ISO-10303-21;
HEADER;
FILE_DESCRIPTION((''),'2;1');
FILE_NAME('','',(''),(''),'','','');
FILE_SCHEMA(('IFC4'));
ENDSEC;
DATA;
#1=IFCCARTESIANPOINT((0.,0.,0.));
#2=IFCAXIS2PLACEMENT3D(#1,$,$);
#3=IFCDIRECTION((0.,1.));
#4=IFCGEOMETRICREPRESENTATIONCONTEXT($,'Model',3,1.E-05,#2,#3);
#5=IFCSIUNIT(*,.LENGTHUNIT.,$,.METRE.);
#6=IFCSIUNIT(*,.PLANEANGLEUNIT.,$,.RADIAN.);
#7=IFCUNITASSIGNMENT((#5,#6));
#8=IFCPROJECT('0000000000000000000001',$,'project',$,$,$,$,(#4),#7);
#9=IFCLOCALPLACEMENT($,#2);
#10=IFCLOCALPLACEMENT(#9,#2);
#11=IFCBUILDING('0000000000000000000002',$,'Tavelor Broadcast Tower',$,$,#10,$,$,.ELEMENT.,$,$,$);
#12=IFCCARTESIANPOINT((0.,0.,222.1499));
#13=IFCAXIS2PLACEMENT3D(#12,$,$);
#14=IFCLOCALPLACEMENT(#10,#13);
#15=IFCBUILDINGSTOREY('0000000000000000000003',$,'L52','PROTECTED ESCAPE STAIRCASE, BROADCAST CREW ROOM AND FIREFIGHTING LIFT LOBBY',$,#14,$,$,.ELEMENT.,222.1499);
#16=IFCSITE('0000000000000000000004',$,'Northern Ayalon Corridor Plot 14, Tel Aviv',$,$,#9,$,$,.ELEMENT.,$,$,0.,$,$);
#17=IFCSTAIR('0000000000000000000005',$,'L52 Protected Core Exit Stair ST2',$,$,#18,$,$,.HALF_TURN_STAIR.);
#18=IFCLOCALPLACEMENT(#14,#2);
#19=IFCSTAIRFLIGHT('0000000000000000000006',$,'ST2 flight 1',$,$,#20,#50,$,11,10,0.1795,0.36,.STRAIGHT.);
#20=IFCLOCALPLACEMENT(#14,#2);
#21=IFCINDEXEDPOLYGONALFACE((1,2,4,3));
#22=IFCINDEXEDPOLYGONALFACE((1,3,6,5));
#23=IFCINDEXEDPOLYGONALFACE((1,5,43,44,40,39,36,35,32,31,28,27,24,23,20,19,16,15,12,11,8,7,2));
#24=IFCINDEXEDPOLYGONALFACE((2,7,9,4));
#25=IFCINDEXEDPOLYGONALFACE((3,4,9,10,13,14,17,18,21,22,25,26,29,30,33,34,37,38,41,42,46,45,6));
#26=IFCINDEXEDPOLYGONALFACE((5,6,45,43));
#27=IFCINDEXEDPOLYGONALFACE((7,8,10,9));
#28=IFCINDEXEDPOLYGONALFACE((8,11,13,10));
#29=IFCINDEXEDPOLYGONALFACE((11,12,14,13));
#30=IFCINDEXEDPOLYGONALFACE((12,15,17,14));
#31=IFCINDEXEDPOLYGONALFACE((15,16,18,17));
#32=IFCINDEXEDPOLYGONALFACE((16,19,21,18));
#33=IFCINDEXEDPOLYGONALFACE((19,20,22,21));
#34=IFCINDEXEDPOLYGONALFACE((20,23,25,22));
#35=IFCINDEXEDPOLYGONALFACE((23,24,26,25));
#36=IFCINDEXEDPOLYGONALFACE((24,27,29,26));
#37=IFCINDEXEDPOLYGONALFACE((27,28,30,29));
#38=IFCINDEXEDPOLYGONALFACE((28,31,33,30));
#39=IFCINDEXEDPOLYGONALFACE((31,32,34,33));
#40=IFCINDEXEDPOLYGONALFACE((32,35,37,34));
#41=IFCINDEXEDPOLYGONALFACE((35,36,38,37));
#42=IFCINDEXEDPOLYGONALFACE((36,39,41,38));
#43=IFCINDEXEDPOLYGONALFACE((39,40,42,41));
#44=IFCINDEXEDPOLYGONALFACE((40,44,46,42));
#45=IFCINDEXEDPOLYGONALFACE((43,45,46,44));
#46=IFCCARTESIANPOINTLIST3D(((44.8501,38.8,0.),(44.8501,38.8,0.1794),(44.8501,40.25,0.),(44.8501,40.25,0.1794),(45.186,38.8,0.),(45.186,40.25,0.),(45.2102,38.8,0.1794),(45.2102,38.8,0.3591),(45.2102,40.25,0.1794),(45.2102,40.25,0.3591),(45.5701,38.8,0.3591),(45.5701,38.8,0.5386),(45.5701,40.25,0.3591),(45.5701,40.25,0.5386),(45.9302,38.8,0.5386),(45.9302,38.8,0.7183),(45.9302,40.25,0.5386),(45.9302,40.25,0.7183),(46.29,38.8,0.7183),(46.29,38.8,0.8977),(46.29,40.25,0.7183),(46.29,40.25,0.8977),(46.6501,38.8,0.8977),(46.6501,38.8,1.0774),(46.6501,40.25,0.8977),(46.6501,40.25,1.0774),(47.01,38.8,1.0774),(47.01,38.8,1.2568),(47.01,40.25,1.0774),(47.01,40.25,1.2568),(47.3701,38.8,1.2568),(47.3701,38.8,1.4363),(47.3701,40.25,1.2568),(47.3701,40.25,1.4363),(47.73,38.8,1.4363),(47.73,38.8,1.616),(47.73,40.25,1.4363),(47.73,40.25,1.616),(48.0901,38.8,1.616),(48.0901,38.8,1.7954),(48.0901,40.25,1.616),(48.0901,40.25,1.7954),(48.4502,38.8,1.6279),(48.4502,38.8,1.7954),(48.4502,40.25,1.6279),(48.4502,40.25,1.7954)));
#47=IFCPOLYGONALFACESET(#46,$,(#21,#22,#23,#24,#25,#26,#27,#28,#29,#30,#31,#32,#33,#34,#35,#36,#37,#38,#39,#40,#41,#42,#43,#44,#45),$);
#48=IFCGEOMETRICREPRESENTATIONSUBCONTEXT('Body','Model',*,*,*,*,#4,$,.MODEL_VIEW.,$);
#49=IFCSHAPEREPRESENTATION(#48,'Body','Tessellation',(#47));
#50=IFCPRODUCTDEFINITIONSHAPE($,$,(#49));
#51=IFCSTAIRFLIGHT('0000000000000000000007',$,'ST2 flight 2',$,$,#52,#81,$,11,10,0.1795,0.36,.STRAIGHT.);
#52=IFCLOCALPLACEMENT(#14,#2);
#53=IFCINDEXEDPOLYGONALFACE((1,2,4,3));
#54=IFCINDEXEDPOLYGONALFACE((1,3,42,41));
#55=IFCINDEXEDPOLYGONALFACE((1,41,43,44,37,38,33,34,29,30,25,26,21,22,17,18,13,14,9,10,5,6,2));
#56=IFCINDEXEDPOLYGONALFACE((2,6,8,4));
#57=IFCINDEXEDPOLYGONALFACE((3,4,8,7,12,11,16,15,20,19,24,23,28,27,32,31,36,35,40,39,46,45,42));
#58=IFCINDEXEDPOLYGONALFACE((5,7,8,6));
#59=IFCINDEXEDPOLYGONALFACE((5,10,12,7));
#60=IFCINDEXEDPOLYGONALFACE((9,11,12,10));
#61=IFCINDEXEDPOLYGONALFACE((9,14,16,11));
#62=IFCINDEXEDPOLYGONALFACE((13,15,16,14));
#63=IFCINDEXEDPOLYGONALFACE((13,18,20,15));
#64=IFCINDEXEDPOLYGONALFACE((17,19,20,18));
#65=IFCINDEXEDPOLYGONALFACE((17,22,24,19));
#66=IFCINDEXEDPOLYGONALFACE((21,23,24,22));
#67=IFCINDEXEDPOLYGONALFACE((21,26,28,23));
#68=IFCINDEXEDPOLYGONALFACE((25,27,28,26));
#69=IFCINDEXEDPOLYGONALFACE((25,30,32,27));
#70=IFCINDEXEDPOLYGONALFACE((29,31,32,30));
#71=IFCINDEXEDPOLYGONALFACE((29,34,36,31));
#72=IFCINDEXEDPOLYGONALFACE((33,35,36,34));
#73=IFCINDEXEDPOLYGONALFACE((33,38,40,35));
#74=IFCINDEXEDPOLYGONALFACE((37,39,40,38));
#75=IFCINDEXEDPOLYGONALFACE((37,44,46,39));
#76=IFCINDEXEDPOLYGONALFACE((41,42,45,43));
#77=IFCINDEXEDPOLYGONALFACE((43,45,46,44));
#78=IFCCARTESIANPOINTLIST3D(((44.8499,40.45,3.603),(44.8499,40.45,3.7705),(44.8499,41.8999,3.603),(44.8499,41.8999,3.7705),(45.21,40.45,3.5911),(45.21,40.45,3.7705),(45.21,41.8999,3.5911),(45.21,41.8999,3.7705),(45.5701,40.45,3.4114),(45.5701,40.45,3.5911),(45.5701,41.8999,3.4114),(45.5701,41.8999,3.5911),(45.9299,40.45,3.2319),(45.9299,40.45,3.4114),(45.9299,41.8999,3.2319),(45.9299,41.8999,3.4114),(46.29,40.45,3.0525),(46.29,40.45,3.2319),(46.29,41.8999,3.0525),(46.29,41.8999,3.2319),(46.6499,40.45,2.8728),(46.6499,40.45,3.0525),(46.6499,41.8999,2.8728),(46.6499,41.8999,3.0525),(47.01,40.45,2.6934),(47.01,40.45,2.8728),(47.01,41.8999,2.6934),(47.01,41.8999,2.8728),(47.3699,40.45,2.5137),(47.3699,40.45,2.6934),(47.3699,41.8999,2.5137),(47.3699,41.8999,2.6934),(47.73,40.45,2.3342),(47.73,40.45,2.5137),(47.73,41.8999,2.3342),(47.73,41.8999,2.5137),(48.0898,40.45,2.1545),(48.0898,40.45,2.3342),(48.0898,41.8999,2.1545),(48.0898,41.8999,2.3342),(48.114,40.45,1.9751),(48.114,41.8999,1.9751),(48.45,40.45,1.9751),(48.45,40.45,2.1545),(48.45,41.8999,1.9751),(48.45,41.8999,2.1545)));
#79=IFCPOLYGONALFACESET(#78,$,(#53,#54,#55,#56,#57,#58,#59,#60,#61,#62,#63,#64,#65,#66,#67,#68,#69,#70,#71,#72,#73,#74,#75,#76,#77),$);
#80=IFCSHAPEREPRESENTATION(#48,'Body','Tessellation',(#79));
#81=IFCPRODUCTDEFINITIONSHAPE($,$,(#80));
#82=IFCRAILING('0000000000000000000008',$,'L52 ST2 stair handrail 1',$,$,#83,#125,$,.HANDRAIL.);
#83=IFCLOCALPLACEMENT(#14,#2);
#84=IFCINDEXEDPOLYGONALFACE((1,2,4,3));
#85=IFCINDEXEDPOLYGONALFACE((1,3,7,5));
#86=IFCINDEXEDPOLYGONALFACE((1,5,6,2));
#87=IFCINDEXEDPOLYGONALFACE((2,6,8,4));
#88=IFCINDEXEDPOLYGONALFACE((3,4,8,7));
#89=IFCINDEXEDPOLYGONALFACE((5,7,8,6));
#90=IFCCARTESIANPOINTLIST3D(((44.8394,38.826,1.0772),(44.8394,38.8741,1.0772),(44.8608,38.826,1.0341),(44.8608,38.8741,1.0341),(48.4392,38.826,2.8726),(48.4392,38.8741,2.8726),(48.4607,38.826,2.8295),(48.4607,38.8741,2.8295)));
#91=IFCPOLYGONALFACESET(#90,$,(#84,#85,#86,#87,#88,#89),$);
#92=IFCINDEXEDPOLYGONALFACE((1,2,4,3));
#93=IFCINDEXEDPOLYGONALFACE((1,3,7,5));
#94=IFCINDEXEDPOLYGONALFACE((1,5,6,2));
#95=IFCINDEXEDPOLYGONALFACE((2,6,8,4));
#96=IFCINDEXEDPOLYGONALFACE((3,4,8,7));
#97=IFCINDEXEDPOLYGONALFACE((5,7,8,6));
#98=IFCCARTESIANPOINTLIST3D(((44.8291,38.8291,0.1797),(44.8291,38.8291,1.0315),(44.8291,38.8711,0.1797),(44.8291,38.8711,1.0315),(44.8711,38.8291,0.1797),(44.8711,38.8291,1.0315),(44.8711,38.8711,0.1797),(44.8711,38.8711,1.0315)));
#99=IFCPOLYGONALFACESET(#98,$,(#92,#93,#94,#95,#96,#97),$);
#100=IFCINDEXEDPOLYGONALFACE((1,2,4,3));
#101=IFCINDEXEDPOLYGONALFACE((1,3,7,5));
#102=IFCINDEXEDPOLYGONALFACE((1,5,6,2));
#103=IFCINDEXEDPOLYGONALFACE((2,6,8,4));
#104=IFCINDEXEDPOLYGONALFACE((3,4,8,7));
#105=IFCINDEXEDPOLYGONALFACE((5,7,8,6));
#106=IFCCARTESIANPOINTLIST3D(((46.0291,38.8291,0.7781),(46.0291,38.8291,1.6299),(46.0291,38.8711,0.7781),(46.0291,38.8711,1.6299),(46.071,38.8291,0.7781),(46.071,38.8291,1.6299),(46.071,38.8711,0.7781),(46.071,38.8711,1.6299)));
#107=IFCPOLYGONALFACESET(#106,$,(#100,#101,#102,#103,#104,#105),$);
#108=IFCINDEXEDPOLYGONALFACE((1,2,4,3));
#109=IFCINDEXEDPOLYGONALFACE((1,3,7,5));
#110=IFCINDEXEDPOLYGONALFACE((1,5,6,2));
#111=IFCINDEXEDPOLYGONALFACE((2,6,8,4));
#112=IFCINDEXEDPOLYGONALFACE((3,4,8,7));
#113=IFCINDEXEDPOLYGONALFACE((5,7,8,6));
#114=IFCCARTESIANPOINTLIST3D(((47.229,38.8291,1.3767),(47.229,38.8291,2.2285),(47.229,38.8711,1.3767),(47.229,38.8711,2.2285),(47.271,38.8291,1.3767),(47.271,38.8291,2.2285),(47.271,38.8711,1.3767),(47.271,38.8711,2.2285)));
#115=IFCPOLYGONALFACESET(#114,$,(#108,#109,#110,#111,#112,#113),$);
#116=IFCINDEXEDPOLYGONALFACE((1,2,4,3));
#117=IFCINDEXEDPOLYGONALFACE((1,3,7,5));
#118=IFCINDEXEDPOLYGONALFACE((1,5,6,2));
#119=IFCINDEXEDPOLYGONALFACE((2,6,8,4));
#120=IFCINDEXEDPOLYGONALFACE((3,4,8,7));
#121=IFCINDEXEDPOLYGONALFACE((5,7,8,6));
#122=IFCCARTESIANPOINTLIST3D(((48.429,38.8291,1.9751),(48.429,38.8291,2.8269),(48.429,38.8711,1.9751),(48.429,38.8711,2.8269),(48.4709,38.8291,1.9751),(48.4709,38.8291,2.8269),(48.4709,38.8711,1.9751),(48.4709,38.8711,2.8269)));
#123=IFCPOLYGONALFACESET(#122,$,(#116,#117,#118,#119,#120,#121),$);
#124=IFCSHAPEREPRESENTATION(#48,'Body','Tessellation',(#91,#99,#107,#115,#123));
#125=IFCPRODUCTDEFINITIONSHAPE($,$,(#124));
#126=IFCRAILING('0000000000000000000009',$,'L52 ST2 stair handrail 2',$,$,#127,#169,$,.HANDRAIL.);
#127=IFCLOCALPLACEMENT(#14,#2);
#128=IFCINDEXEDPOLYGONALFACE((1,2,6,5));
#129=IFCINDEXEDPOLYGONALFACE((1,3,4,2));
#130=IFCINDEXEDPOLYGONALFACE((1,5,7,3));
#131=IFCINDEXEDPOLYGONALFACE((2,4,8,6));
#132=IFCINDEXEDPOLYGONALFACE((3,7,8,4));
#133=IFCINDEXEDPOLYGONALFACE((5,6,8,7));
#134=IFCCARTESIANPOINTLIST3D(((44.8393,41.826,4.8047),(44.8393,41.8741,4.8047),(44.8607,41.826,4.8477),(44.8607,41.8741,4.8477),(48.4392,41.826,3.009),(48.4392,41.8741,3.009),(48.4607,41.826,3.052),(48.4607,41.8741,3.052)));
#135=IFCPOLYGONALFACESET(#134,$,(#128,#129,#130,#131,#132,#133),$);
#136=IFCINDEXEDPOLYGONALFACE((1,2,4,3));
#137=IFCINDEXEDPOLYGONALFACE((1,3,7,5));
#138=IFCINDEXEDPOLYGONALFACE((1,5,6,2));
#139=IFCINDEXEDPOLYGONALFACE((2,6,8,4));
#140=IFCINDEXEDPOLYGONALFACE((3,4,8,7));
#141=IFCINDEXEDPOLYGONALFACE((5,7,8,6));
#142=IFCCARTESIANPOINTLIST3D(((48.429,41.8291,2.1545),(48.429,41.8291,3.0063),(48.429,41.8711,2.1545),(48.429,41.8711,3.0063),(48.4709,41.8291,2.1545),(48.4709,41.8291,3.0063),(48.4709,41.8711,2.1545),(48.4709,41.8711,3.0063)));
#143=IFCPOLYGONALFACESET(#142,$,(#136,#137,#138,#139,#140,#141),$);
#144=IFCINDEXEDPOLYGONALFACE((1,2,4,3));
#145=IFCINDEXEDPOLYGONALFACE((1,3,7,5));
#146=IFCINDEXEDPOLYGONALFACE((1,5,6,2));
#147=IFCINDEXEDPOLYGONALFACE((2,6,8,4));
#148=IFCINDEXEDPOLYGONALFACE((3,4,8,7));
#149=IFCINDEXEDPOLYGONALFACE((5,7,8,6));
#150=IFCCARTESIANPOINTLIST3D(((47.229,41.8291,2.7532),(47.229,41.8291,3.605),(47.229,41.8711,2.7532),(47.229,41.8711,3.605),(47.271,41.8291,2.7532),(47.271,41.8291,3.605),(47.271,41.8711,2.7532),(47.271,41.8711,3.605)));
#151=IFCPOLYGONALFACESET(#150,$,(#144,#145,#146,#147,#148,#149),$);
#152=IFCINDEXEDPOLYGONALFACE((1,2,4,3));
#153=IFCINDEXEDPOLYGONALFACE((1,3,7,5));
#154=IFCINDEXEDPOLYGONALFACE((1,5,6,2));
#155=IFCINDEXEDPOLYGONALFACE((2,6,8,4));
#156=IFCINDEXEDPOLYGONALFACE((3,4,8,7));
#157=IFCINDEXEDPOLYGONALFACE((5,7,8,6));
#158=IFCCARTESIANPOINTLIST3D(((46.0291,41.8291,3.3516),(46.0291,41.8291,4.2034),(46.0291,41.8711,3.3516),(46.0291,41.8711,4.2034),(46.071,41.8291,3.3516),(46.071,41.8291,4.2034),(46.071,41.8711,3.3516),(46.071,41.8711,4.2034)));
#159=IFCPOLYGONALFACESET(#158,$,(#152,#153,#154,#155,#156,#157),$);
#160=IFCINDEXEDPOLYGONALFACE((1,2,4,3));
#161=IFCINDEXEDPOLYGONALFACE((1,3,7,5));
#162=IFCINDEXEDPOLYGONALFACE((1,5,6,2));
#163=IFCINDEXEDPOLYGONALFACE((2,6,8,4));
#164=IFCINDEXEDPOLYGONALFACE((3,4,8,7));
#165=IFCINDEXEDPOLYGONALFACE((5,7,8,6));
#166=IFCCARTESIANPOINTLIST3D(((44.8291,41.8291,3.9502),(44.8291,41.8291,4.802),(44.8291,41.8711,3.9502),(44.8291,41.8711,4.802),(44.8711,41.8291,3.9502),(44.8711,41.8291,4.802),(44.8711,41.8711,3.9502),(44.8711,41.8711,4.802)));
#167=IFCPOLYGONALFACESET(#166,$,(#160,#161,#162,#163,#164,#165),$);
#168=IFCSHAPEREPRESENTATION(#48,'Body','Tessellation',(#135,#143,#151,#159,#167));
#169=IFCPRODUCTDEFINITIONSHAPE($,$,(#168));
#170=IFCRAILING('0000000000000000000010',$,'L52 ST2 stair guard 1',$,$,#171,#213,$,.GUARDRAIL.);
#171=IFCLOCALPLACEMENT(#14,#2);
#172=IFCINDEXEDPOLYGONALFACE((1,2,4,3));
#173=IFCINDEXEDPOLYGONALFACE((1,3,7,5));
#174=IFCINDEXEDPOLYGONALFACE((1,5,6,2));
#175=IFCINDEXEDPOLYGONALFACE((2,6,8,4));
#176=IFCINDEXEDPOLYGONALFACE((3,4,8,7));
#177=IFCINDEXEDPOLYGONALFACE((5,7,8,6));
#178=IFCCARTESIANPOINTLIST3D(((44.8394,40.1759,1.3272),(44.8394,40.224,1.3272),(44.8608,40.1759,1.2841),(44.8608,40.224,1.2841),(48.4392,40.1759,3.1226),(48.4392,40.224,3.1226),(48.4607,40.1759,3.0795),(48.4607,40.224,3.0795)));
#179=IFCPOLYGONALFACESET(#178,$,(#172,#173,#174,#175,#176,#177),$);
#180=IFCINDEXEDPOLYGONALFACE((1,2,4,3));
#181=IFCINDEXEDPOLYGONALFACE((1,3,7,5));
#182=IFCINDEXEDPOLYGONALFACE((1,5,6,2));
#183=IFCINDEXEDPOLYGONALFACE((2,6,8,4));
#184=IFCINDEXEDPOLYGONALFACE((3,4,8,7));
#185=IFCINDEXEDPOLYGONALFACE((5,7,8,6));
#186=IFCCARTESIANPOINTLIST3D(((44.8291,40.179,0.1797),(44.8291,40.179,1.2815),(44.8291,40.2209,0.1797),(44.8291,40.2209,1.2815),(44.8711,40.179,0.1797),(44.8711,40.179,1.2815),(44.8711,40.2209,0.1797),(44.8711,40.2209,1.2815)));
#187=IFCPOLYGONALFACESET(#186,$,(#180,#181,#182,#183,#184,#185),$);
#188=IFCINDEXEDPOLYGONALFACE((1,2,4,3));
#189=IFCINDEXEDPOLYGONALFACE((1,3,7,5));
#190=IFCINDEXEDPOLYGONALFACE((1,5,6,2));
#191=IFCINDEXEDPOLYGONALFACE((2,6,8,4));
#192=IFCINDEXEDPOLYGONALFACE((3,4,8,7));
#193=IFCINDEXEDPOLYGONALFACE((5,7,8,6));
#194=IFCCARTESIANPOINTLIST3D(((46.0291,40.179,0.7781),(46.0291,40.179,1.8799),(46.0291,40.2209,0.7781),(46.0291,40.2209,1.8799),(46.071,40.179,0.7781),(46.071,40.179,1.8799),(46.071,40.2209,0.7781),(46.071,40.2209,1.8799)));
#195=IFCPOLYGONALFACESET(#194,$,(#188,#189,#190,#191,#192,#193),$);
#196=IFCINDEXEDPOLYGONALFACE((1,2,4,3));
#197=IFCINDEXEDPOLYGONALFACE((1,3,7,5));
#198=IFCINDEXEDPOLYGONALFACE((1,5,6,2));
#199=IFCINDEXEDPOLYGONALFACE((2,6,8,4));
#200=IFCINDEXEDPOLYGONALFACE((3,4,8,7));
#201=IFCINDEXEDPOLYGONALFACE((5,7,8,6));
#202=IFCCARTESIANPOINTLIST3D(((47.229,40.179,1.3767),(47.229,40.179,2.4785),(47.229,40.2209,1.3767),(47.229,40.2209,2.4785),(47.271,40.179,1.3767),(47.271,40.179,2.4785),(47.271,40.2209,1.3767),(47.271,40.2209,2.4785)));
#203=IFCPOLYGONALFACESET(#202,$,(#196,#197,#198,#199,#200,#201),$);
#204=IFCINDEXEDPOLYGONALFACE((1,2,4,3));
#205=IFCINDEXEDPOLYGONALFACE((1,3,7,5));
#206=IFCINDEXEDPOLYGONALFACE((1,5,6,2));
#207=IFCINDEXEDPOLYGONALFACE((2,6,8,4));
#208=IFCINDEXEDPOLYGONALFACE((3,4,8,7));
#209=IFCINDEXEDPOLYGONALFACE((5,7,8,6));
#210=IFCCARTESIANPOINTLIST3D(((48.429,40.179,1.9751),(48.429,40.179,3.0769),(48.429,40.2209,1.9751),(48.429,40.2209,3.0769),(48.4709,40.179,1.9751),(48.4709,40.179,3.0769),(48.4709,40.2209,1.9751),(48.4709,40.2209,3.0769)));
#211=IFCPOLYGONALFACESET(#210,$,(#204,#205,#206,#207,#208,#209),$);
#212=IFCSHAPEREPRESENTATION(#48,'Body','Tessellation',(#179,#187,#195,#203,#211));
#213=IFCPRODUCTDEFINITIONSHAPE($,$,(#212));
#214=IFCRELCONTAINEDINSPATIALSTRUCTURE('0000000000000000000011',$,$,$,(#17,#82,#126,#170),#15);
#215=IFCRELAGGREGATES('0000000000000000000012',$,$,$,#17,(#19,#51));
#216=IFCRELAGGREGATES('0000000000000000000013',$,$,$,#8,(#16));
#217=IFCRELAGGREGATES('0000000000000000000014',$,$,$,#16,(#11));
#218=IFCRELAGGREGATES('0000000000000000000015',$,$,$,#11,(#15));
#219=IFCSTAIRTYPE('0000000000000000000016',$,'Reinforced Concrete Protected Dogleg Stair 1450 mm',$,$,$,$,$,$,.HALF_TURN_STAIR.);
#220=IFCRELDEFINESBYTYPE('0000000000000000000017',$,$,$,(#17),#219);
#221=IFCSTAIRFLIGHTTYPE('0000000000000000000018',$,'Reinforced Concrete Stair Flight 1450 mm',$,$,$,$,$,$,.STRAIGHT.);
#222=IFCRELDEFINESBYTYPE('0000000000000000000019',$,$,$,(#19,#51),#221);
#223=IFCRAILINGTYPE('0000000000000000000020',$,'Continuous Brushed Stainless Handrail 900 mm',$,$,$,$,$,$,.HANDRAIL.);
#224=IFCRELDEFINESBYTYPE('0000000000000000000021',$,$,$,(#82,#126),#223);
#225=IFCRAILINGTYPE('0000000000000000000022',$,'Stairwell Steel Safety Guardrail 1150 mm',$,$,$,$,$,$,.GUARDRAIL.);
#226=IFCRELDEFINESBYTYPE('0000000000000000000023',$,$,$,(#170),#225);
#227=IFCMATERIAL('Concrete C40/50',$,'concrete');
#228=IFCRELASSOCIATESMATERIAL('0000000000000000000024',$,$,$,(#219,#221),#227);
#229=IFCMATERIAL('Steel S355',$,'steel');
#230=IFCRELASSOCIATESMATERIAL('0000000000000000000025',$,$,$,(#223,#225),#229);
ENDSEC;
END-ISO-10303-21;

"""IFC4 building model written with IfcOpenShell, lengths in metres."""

from ifc_helpers import new_model, si_unit, direction, frame, origin, origin_2d, place, context, subcontext, project, spatial, polyline, rectangle, outline, extrude, material, type_object, element, aggregate, save


model = new_model("IFC4")

# Units and contexts
model_context = context("Model", 3, precision=1e-05, world=origin(), true_north=direction((0.0, 1.0)))
body_context = subcontext(model_context, "Body", "Model", "MODEL_VIEW")
ifc_project = project(units=[si_unit("LENGTHUNIT", "METRE"), si_unit("PLANEANGLEUNIT", "RADIAN")], contexts=[model_context])

# Site, building, storey
site_placement = place(None, origin())
site = spatial("IfcSite", under=ifc_project, at=site_placement, Name="Northern Ayalon Corridor Plot 14, Tel Aviv", CompositionType="ELEMENT", RefElevation=0.0)
building_placement = place(site_placement, origin())
building = spatial("IfcBuilding", under=site, at=building_placement, Name="Tavelor Broadcast Tower", CompositionType="ELEMENT")
storey_placement = place(building_placement, frame((0.0, 0.0, 222.1499)))
storey = spatial("IfcBuildingStorey", under=building, at=storey_placement, Name="L52", Description="PROTECTED ESCAPE STAIRCASE, BROADCAST CREW ROOM AND FIREFIGHTING LIFT LOBBY", CompositionType="ELEMENT", Elevation=222.1499)

# Shared definitions
ifc_material_1 = material(Name="Concrete C40/50", Category="concrete")
ifc_material_2 = material(Name="Steel S355", Category="steel")

# Stair, stair flights
stair_type = type_object("IfcStairType", Name="Reinforced Concrete Protected Dogleg Stair 1450 mm", PredefinedType="HALF_TURN_STAIR", material=ifc_material_1)
stair_placement = place(storey_placement, origin())
stair = element("IfcStair", 1, at=stair_placement, inside=storey, type_object=stair_type, Name="L52 Protected Core Exit Stair ST2", PredefinedType="HALF_TURN_STAIR")
stair_flight_type = type_object("IfcStairFlightType", Name="Reinforced Concrete Stair Flight 1450 mm", PredefinedType="STRAIGHT", material=ifc_material_1)
stair_flight_1_placement = place(storey_placement, frame((44.8501, 39.5249, 0.0), z_axis=(0.0, 0.0, 1.0), x_axis=(1.0, 0.0, 0.0)))
stair_flight_1 = element("IfcStairFlight", 2, at=stair_flight_1_placement, type_object=stair_flight_type, Name="ST2 flight 1", NumberOfRisers=11, NumberOfTreads=10, PredefinedType="STRAIGHT", RiserHeight=0.1795, TreadLength=0.36, context=body_context, shape_type="SweptSolid", body=[
    extrude(outline(polyline([(0.0, 0.0), (0.0, 0.1794), (0.3601, 0.1794), (0.3601, 0.3591), (0.72, 0.3591), (0.72, 0.5386), (1.0801, 0.5386), (1.0801, 0.7183), (1.4399, 0.7183), (1.4399, 0.8977), (1.8, 0.8977), (1.8, 1.0774), (2.1599, 1.0774), (2.1599, 1.2568), (2.52, 1.2568), (2.52, 1.4363), (2.8799, 1.4363), (2.8799, 1.616), (3.24, 1.616), (3.24, 1.7954), (3.6001, 1.7954), (3.6001, 1.9751), (3.6001, 1.6279), (0.3359, 0.0), (0.0, 0.0)])), frame((0.0, 0.7251, 0.0), z_axis=(0.0, -1.0, 0.0), x_axis=(1.0, 0.0, 0.0)), (0.0, 0.0, 1.0), 1.45),
])
stair_flight_2_placement = place(storey_placement, frame((48.45, 41.175, 1.9751), z_axis=(0.0, 0.0, 1.0), x_axis=(-1.0, 0.0, 0.0)))
stair_flight_2 = element("IfcStairFlight", 3, at=stair_flight_2_placement, type_object=stair_flight_type, Name="ST2 flight 2", NumberOfRisers=11, NumberOfTreads=10, PredefinedType="STRAIGHT", RiserHeight=0.1795, TreadLength=0.36, context=body_context, shape_type="SweptSolid", body=[
    extrude(outline(polyline([(0.0, 0.0), (0.0, 0.1794), (0.3601, 0.1794), (0.3601, 0.3591), (0.72, 0.3591), (0.72, 0.5386), (1.0801, 0.5386), (1.0801, 0.7183), (1.4399, 0.7183), (1.4399, 0.8977), (1.8, 0.8977), (1.8, 1.0774), (2.1599, 1.0774), (2.1599, 1.2568), (2.52, 1.2568), (2.52, 1.4363), (2.8799, 1.4363), (2.8799, 1.616), (3.24, 1.616), (3.24, 1.7954), (3.6001, 1.7954), (3.6001, 1.9751), (3.6001, 1.6279), (0.3359, 0.0), (0.0, 0.0)])), frame((0.0, 0.7251, 0.0), z_axis=(0.0, -1.0, 0.0), x_axis=(1.0, 0.0, 0.0)), (0.0, 0.0, 1.0), 1.45),
])
aggregate(stair, [stair_flight_1, stair_flight_2])

# Railings
railing_type_1 = type_object("IfcRailingType", Name="Continuous Brushed Stainless Handrail 900 mm", PredefinedType="HANDRAIL", material=ifc_material_2)
railing_1_placement = place(storey_placement, frame((44.8501, 38.8501, 0.1797)))
element("IfcRailing", 4, at=railing_1_placement, inside=storey, type_object=railing_type_1, Name="L52 ST2 stair handrail 1", PredefinedType="HANDRAIL", context=body_context, shape_type="SweptSolid", body=[
    extrude(rectangle(XDim=0.0481, YDim=0.0481, at=origin_2d()), frame((0.0, 0.0, 0.876), z_axis=(0.894876, 0.0, 0.446315), x_axis=(0.0, 1.0, 0.0)), (0.0, 0.0, 1.0), 4.0227),
    extrude(rectangle(XDim=0.042, YDim=0.042, at=origin_2d()), origin(), (0.0, 0.0, 1.0), 0.8518),
    extrude(rectangle(XDim=0.042, YDim=0.042, at=origin_2d()), frame((1.2, 0.0, 0.5984)), (0.0, 0.0, 1.0), 0.8518),
    extrude(rectangle(XDim=0.042, YDim=0.042, at=origin_2d()), frame((2.3999, 0.0, 1.197)), (0.0, 0.0, 1.0), 0.8518),
    extrude(rectangle(XDim=0.042, YDim=0.042, at=origin_2d()), frame((3.5999, 0.0, 1.7954)), (0.0, 0.0, 1.0), 0.8518),
])
railing_2_placement = place(storey_placement, frame((48.45, 41.8501, 2.1545)))
element("IfcRailing", 5, at=railing_2_placement, inside=storey, type_object=railing_type_1, Name="L52 ST2 stair handrail 2", PredefinedType="HANDRAIL", context=body_context, shape_type="SweptSolid", body=[
    extrude(rectangle(XDim=0.0481, YDim=0.0481, at=origin_2d()), frame((0.0, 0.0, 0.876), z_axis=(-0.894852, 0.0, 0.446364), x_axis=(0.0, -1.0, 0.0)), (0.0, 0.0, 1.0), 4.0229),
    extrude(rectangle(XDim=0.042, YDim=0.042, at=origin_2d()), origin(), (0.0, 0.0, 1.0), 0.8518),
    extrude(rectangle(XDim=0.042, YDim=0.042, at=origin_2d()), frame((-1.2, 0.0, 0.5986)), (0.0, 0.0, 1.0), 0.8518),
    extrude(rectangle(XDim=0.042, YDim=0.042, at=origin_2d()), frame((-2.3999, 0.0, 1.197)), (0.0, 0.0, 1.0), 0.8518),
    extrude(rectangle(XDim=0.042, YDim=0.042, at=origin_2d()), frame((-3.5999, 0.0, 1.7957)), (0.0, 0.0, 1.0), 0.8518),
])
railing_type_2 = type_object("IfcRailingType", Name="Stairwell Steel Safety Guardrail 1150 mm", PredefinedType="GUARDRAIL", material=ifc_material_2)
railing_3_placement = place(storey_placement, frame((44.8501, 40.2, 0.1797)))
element("IfcRailing", 6, at=railing_3_placement, inside=storey, type_object=railing_type_2, Name="L52 ST2 stair guard 1", PredefinedType="GUARDRAIL", context=body_context, shape_type="SweptSolid", body=[
    extrude(rectangle(XDim=0.0481, YDim=0.0481, at=origin_2d()), frame((0.0, 0.0, 1.126), z_axis=(0.894876, 0.0, 0.446315), x_axis=(0.0, 1.0, 0.0)), (0.0, 0.0, 1.0), 4.0227),
    extrude(rectangle(XDim=0.042, YDim=0.042, at=origin_2d()), origin(), (0.0, 0.0, 1.0), 1.1018),
    extrude(rectangle(XDim=0.042, YDim=0.042, at=origin_2d()), frame((1.2, 0.0, 0.5984)), (0.0, 0.0, 1.0), 1.1018),
    extrude(rectangle(XDim=0.042, YDim=0.042, at=origin_2d()), frame((2.3999, 0.0, 1.197)), (0.0, 0.0, 1.0), 1.1018),
    extrude(rectangle(XDim=0.042, YDim=0.042, at=origin_2d()), frame((3.5999, 0.0, 1.7954)), (0.0, 0.0, 1.0), 1.1018),
])

save(model, "model.ifc")
